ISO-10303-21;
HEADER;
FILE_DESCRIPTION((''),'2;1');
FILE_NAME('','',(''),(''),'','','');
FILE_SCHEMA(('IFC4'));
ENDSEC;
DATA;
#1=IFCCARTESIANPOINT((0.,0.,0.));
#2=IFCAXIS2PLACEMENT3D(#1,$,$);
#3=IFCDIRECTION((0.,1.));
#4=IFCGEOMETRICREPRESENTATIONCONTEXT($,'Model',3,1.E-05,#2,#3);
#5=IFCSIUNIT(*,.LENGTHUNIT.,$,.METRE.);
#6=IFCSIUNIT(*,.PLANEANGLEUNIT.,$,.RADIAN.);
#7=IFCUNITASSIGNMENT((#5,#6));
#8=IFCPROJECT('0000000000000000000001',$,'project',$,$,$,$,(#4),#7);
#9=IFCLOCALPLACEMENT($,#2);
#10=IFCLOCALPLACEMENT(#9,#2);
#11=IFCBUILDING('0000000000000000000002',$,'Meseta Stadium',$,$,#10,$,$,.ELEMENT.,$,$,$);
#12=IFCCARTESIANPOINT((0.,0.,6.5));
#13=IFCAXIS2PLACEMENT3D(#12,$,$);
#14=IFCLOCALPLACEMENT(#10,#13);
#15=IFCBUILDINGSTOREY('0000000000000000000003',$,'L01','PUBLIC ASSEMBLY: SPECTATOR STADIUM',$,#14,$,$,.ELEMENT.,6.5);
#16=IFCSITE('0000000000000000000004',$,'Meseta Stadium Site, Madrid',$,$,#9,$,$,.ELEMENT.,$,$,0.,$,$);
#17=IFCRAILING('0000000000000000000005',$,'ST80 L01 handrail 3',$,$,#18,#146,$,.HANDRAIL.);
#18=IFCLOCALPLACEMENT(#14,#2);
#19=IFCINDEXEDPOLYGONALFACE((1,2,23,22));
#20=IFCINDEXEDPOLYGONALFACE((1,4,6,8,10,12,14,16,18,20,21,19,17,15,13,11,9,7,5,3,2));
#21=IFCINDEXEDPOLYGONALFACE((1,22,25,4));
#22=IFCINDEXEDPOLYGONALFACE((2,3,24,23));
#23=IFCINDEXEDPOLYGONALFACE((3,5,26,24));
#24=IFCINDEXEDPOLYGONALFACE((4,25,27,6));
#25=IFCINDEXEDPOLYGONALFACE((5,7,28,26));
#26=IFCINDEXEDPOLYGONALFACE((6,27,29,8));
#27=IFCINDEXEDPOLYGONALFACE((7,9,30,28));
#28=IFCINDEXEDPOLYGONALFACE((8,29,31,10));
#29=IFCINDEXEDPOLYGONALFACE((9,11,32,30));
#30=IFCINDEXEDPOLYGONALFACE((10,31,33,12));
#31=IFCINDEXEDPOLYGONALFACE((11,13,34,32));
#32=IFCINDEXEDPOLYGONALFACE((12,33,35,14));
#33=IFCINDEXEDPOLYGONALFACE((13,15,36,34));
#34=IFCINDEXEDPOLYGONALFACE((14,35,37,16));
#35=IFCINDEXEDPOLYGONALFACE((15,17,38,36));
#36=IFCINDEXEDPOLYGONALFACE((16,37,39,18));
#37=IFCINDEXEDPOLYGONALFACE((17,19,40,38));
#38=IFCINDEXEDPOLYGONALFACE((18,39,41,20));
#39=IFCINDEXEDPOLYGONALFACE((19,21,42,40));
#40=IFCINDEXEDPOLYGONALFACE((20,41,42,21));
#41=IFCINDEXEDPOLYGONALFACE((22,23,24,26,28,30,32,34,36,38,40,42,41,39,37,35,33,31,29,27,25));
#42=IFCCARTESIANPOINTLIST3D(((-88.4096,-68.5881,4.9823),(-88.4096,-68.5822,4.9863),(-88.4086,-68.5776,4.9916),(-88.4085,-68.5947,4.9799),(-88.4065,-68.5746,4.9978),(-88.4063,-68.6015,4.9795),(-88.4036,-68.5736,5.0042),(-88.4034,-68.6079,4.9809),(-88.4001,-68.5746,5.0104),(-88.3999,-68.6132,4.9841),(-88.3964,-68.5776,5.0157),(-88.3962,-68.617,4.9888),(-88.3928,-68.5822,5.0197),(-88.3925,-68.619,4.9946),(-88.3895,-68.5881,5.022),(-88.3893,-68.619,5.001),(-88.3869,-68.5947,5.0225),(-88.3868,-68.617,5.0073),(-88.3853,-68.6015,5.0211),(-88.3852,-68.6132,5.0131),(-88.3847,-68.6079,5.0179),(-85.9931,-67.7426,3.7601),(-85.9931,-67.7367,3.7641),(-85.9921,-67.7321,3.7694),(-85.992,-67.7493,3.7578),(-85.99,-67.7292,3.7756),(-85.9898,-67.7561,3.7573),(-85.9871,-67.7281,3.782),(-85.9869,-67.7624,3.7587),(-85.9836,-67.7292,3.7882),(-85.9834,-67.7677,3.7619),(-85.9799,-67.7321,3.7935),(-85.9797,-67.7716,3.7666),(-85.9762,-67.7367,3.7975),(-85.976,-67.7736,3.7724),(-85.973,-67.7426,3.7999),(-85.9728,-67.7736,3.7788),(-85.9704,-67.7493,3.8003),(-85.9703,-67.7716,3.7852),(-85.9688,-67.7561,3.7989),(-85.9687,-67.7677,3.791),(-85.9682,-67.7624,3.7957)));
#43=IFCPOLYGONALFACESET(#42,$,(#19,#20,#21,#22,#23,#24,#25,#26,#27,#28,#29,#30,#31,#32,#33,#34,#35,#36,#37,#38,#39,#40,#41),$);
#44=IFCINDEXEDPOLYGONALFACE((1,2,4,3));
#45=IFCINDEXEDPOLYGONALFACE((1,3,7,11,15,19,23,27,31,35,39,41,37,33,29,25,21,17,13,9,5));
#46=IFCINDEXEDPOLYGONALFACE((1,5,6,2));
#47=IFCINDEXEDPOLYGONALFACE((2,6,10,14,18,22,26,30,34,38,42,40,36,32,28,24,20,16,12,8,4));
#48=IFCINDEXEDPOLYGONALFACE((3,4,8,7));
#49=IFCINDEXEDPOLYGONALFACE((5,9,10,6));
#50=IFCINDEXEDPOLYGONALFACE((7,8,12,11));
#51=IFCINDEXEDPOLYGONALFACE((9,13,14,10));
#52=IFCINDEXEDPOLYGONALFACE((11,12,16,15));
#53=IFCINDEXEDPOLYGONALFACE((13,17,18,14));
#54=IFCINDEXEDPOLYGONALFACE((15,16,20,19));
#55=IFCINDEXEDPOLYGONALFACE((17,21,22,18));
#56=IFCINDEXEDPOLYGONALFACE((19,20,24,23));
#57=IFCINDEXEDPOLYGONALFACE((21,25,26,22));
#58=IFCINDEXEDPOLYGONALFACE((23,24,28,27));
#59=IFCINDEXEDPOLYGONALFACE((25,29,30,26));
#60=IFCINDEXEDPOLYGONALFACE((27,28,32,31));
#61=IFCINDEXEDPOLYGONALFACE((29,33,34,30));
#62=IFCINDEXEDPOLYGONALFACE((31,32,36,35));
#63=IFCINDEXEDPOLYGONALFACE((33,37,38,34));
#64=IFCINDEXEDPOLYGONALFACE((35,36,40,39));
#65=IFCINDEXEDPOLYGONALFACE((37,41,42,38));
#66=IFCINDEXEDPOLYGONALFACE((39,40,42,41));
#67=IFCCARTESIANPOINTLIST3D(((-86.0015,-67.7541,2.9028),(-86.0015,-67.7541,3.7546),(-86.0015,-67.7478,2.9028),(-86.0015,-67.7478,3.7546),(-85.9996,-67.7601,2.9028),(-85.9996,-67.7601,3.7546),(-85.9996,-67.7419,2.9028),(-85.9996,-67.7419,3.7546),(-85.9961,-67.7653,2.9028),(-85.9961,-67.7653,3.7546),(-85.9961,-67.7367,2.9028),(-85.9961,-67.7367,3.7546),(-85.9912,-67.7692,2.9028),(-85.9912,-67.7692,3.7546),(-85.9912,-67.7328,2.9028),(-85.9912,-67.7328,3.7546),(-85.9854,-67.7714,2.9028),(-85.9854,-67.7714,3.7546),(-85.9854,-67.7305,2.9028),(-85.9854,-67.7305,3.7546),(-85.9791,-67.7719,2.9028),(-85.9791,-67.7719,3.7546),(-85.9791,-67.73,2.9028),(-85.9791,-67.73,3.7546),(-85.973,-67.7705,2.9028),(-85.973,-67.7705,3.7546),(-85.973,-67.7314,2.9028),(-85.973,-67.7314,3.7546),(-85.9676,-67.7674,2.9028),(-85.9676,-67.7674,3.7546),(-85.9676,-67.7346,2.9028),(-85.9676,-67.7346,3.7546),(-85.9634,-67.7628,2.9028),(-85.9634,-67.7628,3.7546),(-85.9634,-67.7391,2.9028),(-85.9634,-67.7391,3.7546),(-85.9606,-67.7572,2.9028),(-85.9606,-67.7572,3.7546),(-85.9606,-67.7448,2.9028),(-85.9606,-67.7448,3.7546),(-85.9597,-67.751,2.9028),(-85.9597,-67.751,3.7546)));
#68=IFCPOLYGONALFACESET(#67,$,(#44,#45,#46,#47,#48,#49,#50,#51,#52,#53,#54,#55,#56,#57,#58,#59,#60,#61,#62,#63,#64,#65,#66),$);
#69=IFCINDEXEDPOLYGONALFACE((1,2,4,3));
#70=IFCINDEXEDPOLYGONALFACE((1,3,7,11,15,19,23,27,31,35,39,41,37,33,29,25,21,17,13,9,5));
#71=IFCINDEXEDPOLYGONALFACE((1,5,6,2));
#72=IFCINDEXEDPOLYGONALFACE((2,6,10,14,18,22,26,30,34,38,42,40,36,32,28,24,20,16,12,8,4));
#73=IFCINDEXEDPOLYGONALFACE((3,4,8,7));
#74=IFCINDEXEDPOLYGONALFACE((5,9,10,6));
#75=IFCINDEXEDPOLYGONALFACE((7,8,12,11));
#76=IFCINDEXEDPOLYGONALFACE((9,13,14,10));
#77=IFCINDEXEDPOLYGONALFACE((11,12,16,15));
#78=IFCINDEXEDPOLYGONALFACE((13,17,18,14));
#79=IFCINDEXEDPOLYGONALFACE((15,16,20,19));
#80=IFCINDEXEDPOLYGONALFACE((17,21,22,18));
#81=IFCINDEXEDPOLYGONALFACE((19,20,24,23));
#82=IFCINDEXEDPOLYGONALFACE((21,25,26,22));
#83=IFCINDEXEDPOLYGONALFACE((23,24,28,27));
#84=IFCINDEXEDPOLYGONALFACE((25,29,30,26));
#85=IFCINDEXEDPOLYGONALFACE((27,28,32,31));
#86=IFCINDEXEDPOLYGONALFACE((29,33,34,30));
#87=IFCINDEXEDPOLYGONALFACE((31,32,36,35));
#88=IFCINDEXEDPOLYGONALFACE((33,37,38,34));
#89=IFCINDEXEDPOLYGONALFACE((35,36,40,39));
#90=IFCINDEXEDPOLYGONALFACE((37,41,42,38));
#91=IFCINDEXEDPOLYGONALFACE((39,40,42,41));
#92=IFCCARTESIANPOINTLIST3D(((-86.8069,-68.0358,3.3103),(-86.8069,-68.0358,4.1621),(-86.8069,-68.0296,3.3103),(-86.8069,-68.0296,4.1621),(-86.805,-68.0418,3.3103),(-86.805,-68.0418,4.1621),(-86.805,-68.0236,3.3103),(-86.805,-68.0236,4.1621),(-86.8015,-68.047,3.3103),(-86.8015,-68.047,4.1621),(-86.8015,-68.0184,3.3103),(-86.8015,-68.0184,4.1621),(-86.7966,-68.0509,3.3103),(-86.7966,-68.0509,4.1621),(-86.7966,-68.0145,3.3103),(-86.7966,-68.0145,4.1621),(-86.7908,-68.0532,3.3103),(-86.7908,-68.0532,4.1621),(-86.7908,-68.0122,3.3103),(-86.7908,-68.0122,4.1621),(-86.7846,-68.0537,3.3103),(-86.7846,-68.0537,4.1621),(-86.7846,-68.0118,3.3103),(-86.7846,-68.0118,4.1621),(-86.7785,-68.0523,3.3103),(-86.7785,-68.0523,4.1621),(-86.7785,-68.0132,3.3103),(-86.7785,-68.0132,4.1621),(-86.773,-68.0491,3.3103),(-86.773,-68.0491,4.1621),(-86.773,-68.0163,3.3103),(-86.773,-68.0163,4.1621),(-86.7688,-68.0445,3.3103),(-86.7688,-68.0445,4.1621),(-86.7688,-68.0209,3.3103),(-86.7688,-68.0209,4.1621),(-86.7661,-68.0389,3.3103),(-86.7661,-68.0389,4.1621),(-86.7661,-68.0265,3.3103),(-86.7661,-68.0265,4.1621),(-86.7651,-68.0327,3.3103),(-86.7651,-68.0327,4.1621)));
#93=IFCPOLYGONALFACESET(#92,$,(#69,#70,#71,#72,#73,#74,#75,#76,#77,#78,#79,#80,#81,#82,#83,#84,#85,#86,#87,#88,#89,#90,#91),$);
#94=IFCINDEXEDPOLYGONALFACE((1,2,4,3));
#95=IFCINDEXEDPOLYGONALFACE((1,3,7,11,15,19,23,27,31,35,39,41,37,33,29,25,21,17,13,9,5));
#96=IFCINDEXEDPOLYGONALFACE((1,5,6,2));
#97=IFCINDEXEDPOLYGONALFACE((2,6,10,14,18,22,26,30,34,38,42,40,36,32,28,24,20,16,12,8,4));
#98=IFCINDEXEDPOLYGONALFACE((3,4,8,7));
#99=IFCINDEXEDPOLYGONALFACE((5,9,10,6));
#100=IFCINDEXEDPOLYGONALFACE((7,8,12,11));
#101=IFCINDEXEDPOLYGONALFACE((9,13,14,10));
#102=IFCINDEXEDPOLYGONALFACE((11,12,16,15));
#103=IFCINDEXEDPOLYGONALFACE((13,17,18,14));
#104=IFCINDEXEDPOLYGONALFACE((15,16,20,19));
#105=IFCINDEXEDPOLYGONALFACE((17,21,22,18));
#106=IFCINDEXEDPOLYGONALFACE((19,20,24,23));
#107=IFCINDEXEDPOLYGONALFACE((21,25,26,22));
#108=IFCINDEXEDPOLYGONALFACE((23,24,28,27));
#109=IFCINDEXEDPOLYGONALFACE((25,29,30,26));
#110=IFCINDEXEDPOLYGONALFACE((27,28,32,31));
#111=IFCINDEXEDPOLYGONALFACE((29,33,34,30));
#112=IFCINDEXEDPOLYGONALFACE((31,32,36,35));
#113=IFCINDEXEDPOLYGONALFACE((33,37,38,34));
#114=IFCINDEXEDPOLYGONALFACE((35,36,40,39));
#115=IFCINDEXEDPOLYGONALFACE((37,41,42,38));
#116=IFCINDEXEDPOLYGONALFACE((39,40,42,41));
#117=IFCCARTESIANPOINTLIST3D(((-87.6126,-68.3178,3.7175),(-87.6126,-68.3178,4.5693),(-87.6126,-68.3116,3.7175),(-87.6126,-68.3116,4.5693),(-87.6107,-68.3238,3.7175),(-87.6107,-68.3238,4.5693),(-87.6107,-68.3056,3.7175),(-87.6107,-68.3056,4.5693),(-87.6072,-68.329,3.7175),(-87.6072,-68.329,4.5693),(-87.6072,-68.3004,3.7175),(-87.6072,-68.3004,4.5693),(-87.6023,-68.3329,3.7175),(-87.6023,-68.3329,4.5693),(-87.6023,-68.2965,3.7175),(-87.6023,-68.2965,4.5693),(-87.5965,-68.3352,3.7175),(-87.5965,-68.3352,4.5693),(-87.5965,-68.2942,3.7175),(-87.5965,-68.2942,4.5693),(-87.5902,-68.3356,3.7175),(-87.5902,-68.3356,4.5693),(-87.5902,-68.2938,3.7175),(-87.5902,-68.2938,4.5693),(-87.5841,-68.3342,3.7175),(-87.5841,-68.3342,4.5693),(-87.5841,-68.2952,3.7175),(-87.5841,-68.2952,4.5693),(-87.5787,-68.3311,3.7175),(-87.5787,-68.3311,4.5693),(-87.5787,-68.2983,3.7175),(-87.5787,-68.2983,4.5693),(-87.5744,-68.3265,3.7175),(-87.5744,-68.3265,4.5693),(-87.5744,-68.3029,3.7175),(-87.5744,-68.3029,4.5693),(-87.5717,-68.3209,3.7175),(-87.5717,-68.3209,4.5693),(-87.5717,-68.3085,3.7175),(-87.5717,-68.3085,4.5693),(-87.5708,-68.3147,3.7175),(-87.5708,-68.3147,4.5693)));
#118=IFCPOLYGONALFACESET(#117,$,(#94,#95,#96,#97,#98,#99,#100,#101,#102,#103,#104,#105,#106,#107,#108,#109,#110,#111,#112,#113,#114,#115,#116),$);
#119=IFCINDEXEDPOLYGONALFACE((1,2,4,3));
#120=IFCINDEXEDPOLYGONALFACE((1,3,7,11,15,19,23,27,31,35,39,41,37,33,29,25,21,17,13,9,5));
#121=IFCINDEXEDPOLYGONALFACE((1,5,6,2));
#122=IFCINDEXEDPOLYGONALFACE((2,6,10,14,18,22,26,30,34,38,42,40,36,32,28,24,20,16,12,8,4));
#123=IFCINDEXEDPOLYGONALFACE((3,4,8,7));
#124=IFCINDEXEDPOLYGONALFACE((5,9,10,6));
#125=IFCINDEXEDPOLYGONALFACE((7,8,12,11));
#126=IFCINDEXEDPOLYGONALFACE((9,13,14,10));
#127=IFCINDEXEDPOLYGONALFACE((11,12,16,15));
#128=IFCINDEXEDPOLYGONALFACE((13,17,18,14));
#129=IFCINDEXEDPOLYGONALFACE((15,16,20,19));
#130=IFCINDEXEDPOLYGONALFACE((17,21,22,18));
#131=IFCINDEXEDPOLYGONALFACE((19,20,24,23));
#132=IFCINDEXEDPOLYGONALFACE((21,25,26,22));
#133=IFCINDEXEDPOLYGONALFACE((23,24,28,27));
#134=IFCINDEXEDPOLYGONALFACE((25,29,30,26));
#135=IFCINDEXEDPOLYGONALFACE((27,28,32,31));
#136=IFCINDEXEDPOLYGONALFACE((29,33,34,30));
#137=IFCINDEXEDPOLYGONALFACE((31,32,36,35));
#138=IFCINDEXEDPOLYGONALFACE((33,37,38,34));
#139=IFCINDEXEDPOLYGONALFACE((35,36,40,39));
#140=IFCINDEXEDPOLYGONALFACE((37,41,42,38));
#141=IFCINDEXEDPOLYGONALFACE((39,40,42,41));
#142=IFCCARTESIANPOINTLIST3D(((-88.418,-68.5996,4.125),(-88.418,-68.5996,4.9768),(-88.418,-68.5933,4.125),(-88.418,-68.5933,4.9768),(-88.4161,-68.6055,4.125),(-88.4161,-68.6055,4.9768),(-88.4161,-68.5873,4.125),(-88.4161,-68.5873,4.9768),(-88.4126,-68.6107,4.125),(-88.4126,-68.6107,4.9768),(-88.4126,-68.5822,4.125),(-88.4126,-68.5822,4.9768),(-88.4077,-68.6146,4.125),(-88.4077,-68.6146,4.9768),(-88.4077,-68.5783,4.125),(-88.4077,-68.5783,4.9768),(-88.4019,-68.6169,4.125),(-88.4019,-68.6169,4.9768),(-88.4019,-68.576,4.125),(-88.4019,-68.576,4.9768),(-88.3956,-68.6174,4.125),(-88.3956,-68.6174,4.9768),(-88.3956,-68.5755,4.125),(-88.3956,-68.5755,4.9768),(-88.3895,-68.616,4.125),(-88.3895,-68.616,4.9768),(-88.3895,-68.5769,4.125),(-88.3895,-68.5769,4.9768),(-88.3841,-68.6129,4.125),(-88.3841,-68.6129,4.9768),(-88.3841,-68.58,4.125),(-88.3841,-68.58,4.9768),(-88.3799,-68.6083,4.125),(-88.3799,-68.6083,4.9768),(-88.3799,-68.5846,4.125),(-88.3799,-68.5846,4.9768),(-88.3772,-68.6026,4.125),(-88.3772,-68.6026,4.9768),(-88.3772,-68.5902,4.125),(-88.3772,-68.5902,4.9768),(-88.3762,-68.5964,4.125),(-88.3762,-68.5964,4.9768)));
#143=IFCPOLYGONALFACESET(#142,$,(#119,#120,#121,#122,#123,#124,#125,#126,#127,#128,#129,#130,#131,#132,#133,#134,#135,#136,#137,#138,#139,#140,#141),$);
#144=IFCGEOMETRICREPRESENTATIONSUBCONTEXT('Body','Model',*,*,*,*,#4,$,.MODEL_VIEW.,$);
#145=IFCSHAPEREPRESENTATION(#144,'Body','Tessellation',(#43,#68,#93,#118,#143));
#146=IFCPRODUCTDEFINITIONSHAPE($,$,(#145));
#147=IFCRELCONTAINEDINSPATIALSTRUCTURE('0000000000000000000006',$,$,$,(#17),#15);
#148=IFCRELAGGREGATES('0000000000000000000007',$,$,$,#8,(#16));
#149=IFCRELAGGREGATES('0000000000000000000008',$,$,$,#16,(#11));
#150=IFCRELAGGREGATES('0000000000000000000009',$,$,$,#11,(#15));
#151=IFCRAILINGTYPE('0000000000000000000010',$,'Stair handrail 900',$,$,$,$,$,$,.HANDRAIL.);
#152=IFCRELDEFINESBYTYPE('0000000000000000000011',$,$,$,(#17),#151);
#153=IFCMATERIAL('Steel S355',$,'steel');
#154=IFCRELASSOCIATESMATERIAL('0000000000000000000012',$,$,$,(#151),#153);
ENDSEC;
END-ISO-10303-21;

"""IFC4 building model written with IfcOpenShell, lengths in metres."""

from ifc_helpers import new_model, si_unit, direction, frame, origin, origin_2d, place, context, subcontext, project, spatial, circle, extrude, material, type_object, element, save


model = new_model("IFC4")

# Units and contexts
model_context = context("Model", 3, precision=1e-05, world=origin(), true_north=direction((0.0, 1.0)))
body_context = subcontext(model_context, "Body", "Model", "MODEL_VIEW")
ifc_project = project(units=[si_unit("LENGTHUNIT", "METRE"), si_unit("PLANEANGLEUNIT", "RADIAN")], contexts=[model_context])

# Site, building, storey
site_placement = place(None, origin())
site = spatial("IfcSite", under=ifc_project, at=site_placement, Name="Meseta Stadium Site, Madrid", CompositionType="ELEMENT", RefElevation=0.0)
building_placement = place(site_placement, origin())
building = spatial("IfcBuilding", under=site, at=building_placement, Name="Meseta Stadium", CompositionType="ELEMENT")
storey_placement = place(building_placement, frame((0.0, 0.0, 6.5)))
storey = spatial("IfcBuildingStorey", under=building, at=storey_placement, Name="L01", Description="PUBLIC ASSEMBLY: SPECTATOR STADIUM", CompositionType="ELEMENT", Elevation=6.5)

# Railing
ifc_material_1 = material(Name="Steel S355", Category="steel")
railing_type_1 = type_object("IfcRailingType", Name="Stair handrail 900", PredefinedType="HANDRAIL", material=ifc_material_1)
railing_1_placement = place(storey_placement, frame((-85.9807, -67.751, 2.9028)))
element("IfcRailing", 1, at=railing_1_placement, inside=storey, type_object=railing_type_1, Name="ST80 L01 handrail 3", PredefinedType="HANDRAIL", context=body_context, shape_type="SweptSolid", body=[
    extrude(circle(Radius=0.0239, at=origin_2d()), frame((0.0, 0.0, 0.876), z_axis=(-0.851812, -0.298022, 0.430811), x_axis=(0.33024, -0.943897, 0.0)), (0.0, 0.0, 1.0), 2.8369),
    extrude(circle(Radius=0.021, at=origin_2d()), origin(), (0.0, 0.0, 1.0), 0.8518),
    extrude(circle(Radius=0.021, at=origin_2d()), frame((-0.8054, -0.2817, 0.4075)), (0.0, 0.0, 1.0), 0.8518),
    extrude(circle(Radius=0.021, at=origin_2d()), frame((-1.6111, -0.5637, 0.8147)), (0.0, 0.0, 1.0), 0.8518),
    extrude(circle(Radius=0.021, at=origin_2d()), frame((-2.4165, -0.8455, 1.2222)), (0.0, 0.0, 1.0), 0.8518),
])

save(model, "model.ifc")
